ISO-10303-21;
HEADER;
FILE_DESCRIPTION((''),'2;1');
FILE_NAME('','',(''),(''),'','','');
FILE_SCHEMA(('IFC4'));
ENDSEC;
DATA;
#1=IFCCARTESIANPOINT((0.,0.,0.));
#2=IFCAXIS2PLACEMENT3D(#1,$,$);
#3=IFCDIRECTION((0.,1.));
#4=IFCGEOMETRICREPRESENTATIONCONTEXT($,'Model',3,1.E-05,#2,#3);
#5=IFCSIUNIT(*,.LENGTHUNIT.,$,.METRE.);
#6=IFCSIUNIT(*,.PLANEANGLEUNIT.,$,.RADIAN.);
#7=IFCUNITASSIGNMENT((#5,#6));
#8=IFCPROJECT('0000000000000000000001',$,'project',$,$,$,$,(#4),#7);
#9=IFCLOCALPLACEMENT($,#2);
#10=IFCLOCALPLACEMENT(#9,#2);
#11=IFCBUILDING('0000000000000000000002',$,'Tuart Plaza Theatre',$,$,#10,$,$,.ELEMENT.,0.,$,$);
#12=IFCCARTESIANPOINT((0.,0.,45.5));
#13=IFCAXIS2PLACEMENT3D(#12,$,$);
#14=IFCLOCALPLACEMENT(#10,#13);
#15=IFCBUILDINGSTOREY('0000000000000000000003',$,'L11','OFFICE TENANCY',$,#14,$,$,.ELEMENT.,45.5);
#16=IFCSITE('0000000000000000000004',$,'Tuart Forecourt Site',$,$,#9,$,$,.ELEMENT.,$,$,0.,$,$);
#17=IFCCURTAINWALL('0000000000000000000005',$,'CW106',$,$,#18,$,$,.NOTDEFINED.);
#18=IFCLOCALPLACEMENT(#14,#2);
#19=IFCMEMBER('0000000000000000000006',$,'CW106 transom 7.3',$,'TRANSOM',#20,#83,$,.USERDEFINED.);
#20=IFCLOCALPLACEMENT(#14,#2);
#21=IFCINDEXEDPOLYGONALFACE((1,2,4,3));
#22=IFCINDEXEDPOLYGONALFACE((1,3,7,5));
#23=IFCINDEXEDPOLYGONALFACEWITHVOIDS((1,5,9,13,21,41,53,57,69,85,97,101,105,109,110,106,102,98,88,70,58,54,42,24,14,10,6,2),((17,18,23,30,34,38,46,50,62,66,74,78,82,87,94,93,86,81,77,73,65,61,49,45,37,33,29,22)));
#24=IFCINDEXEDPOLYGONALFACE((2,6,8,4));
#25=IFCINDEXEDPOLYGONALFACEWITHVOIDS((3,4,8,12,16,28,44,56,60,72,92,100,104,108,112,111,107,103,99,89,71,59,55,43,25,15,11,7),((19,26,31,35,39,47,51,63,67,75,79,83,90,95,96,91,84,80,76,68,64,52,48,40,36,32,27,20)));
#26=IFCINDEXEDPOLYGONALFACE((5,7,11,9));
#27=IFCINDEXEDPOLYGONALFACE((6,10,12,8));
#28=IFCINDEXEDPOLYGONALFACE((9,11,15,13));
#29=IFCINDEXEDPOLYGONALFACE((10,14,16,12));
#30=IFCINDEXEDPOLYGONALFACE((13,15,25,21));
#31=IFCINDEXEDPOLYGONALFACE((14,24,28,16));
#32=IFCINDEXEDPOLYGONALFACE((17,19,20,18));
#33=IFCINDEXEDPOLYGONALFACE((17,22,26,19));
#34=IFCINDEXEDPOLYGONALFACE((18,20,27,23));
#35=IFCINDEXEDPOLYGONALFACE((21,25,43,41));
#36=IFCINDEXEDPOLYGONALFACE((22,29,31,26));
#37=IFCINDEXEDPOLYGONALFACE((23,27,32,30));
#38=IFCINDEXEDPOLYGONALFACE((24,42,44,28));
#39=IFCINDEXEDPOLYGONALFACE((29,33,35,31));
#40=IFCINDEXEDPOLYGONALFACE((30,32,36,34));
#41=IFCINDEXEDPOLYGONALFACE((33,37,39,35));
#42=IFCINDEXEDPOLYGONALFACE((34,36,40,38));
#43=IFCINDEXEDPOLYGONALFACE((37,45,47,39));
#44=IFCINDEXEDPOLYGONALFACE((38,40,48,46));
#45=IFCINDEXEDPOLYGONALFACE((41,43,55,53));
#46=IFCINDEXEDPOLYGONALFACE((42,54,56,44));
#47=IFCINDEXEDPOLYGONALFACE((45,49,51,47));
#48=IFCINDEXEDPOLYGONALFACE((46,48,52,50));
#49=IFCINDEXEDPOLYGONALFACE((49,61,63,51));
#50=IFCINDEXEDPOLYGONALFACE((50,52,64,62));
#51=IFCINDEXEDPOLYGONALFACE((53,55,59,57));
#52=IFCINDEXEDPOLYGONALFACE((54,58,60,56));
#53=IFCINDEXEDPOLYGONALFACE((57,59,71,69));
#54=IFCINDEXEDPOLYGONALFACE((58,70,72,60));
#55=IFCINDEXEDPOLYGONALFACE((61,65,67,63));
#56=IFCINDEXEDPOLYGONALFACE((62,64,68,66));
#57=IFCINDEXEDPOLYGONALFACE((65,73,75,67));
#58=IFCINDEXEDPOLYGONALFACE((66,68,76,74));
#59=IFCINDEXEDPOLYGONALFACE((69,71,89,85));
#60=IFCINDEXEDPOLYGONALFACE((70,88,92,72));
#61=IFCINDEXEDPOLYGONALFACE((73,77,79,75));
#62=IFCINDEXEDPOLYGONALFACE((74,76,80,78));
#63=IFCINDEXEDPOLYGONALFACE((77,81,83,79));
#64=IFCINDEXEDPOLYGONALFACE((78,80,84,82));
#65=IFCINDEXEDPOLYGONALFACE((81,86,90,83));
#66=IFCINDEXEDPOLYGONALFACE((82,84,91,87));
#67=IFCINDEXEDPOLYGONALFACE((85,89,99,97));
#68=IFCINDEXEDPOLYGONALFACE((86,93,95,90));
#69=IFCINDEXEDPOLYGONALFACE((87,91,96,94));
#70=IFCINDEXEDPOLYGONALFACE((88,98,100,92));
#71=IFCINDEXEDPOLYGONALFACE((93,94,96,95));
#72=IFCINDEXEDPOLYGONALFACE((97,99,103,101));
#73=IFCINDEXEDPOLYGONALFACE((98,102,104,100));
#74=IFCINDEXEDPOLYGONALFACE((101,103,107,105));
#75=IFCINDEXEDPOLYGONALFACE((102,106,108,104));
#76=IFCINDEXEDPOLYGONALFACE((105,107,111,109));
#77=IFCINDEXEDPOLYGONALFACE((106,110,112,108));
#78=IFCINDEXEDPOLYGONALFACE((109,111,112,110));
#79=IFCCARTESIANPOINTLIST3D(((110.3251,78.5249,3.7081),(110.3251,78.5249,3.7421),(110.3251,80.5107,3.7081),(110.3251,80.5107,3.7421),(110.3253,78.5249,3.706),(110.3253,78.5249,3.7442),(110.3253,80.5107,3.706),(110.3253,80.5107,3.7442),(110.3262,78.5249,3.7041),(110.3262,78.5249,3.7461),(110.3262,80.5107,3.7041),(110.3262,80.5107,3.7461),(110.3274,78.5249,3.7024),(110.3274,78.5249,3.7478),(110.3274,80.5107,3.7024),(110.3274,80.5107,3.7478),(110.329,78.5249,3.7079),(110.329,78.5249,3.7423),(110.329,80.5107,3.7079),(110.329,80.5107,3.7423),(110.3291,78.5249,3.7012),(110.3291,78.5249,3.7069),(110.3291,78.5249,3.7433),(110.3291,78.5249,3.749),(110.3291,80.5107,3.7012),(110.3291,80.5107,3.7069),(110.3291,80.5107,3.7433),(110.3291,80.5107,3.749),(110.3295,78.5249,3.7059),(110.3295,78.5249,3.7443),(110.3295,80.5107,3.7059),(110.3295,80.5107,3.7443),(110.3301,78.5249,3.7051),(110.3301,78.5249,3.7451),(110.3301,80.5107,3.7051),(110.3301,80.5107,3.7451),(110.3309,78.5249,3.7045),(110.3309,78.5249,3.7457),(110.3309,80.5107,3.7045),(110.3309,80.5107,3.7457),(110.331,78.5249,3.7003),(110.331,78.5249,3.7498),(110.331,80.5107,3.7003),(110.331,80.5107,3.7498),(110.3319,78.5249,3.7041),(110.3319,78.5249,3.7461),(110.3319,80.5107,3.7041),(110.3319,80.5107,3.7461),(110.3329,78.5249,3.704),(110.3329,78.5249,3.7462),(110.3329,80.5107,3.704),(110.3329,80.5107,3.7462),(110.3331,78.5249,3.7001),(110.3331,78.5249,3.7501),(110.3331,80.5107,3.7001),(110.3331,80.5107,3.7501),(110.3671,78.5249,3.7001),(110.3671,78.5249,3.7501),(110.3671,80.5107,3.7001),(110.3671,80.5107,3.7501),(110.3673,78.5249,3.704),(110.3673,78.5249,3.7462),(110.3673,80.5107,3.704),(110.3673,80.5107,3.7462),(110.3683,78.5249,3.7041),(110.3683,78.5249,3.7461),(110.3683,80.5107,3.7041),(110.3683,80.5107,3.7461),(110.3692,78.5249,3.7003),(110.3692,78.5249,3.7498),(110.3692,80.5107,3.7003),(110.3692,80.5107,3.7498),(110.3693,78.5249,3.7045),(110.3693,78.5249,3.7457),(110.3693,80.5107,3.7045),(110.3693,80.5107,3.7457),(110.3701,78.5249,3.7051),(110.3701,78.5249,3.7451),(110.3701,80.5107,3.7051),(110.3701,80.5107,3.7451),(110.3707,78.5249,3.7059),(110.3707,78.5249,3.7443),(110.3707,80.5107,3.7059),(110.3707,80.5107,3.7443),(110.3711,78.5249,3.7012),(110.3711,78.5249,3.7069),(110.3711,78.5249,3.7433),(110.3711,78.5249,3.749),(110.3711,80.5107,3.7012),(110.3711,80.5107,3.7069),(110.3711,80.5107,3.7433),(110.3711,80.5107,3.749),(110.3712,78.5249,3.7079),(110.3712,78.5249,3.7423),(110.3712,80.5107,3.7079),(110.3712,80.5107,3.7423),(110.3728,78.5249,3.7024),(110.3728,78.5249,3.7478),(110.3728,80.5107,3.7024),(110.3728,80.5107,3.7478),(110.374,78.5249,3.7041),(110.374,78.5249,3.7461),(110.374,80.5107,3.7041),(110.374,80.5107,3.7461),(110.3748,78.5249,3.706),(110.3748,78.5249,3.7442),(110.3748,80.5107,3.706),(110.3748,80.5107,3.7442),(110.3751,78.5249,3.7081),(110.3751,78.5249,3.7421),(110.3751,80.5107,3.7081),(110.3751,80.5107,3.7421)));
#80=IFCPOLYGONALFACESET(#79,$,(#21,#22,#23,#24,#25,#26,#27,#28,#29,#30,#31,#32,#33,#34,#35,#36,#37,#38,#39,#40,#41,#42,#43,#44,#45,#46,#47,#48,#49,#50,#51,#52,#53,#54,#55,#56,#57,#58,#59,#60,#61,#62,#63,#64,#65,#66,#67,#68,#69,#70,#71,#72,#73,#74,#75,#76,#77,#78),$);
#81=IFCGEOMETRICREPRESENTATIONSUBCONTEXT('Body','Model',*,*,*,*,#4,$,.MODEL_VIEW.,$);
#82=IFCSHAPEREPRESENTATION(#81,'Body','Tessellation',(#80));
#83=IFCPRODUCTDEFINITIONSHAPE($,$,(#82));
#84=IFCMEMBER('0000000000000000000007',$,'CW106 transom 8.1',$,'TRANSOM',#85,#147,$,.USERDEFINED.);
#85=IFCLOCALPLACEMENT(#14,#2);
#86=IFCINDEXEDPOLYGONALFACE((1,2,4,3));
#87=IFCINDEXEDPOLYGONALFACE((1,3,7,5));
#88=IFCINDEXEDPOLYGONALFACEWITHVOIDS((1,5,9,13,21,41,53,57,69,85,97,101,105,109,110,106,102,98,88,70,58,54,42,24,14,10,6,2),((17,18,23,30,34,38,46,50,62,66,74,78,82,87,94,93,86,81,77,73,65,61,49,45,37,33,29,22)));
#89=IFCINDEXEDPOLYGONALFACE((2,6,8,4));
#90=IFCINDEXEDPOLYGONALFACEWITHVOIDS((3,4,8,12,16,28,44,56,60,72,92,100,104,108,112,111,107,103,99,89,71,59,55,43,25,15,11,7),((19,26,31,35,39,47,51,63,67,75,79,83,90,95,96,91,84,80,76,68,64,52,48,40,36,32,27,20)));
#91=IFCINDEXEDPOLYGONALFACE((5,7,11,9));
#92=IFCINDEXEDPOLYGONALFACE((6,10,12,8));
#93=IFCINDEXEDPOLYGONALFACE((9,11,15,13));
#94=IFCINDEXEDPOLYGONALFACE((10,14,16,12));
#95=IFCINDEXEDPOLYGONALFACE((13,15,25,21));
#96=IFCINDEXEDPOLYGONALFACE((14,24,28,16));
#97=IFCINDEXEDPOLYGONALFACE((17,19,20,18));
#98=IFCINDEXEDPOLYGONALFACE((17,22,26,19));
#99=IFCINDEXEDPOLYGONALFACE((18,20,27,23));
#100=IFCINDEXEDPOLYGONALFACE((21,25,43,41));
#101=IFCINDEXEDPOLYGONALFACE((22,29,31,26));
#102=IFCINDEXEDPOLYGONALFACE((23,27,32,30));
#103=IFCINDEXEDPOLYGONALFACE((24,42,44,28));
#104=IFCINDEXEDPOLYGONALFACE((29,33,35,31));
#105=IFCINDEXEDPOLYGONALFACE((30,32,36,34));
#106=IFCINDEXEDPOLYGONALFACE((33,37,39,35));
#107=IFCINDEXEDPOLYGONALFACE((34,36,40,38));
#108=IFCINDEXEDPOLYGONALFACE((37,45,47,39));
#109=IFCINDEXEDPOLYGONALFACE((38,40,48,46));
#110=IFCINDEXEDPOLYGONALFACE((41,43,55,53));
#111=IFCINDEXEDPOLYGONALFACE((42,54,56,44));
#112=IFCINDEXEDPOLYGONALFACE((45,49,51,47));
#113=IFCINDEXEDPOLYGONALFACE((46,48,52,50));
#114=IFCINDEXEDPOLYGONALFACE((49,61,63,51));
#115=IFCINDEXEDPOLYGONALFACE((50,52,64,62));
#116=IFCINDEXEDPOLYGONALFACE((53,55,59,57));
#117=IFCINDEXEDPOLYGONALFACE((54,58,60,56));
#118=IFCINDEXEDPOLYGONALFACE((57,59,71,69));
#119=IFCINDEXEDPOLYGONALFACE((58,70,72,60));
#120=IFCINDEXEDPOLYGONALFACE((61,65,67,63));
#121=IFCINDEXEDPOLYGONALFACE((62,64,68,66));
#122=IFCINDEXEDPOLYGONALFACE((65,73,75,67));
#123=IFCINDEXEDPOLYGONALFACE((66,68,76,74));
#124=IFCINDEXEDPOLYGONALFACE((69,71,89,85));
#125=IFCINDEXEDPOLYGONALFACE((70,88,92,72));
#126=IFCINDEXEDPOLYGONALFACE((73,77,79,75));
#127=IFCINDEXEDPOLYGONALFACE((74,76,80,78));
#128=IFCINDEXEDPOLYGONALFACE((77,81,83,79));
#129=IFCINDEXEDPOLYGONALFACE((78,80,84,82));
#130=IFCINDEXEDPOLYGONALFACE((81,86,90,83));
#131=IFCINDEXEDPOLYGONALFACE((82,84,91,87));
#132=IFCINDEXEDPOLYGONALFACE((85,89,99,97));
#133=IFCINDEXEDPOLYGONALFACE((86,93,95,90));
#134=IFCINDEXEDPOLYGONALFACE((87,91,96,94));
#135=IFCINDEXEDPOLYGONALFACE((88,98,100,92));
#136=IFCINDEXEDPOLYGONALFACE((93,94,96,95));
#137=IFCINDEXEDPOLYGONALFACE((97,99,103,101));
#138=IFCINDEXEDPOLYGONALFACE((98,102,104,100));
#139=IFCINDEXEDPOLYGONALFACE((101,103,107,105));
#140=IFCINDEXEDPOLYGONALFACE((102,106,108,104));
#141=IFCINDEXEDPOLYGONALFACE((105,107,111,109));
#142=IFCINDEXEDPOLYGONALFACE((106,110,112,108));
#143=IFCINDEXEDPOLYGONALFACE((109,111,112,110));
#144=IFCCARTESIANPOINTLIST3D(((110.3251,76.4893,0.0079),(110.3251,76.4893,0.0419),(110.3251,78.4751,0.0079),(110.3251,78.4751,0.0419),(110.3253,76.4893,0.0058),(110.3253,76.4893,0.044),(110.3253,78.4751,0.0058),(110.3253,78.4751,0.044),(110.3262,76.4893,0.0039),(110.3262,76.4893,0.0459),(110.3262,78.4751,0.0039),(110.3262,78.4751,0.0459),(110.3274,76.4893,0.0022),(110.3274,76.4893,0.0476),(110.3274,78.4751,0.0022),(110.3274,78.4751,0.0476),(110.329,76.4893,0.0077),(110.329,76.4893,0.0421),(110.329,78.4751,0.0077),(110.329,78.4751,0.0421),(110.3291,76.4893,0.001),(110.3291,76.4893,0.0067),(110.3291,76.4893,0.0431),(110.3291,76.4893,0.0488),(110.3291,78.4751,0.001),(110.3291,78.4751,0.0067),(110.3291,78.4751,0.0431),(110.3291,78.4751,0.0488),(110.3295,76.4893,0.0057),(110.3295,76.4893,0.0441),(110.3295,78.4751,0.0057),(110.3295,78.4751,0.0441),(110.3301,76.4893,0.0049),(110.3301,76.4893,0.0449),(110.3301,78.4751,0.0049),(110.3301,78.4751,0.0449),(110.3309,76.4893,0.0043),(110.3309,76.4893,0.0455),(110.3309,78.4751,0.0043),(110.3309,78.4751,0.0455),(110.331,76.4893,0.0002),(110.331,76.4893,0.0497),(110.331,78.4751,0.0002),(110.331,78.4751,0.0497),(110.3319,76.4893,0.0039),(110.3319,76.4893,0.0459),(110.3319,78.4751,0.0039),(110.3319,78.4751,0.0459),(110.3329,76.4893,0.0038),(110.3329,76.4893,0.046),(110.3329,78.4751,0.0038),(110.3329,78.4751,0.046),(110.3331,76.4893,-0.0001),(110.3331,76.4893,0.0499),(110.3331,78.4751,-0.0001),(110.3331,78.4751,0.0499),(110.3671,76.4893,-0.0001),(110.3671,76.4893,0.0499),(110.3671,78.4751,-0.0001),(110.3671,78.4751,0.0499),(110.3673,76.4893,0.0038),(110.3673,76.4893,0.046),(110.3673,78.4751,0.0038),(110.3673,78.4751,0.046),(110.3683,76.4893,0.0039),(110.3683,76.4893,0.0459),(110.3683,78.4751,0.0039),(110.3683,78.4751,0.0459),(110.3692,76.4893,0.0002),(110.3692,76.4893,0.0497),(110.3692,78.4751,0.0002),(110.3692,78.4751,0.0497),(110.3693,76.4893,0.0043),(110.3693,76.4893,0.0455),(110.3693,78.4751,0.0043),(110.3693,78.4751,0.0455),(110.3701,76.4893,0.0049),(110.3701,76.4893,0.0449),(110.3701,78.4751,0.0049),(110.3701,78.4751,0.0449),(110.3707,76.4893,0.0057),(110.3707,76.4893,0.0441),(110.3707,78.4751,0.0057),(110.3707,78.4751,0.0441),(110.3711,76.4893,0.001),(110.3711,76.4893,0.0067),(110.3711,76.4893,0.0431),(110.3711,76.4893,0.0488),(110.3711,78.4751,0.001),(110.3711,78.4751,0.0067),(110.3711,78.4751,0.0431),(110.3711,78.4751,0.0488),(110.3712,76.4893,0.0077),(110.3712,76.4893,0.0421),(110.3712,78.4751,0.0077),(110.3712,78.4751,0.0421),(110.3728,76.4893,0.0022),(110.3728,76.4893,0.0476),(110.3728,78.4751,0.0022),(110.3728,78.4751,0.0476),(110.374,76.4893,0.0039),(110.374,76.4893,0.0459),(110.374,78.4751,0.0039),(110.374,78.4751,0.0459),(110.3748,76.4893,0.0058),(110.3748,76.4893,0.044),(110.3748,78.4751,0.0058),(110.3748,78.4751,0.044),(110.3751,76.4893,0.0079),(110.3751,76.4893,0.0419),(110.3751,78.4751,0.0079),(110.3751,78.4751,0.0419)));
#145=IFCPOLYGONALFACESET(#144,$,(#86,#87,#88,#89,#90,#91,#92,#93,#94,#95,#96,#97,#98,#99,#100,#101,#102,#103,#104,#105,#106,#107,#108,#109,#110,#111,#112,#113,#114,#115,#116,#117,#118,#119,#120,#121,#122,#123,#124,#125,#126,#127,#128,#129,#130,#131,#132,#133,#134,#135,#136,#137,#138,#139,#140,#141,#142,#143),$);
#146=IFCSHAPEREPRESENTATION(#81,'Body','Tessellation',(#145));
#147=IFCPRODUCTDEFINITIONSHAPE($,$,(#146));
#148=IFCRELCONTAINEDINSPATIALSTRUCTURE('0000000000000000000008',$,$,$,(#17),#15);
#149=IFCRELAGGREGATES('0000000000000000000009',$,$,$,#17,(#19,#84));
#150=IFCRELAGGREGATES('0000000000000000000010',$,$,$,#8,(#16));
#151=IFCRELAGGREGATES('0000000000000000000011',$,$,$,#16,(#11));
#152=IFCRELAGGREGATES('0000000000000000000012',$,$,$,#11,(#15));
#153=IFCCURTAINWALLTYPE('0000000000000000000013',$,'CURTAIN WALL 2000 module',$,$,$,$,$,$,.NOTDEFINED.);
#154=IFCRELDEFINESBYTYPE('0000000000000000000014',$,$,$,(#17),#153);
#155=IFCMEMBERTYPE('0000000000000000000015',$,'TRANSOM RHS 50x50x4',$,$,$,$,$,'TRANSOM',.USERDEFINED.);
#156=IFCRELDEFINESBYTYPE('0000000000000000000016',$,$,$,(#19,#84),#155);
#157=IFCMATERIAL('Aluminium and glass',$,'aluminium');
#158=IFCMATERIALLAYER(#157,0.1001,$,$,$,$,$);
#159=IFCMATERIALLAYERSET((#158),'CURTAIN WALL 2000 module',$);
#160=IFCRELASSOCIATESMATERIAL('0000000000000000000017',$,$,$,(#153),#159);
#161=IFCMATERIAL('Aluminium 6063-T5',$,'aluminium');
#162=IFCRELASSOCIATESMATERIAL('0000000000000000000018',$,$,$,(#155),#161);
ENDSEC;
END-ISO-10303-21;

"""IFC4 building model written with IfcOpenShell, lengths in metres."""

from ifc_helpers import new_model, si_unit, direction, frame, origin, origin_2d, place, context, subcontext, project, spatial, hollow_rectangle, extrude, material, layer, layer_set, material_profile, profile_set, type_object, element, aggregate, save


model = new_model("IFC4")

# Units and contexts
model_context = context("Model", 3, precision=1e-05, world=origin(), true_north=direction((0.0, 1.0)))
body_context = subcontext(model_context, "Body", "Model", "MODEL_VIEW")
ifc_project = project(units=[si_unit("LENGTHUNIT", "METRE"), si_unit("PLANEANGLEUNIT", "RADIAN")], contexts=[model_context])

# Site, building, storey
site_placement = place(None, origin())
site = spatial("IfcSite", under=ifc_project, at=site_placement, Name="Tuart Forecourt Site", CompositionType="ELEMENT", RefElevation=0.0)
building_placement = place(site_placement, origin())
building = spatial("IfcBuilding", under=site, at=building_placement, Name="Tuart Plaza Theatre", CompositionType="ELEMENT", ElevationOfRefHeight=0.0)
storey_placement = place(building_placement, frame((0.0, 0.0, 45.5)))
storey = spatial("IfcBuildingStorey", under=building, at=storey_placement, Name="L11", Description="OFFICE TENANCY", CompositionType="ELEMENT", Elevation=45.5)

# Curtain wall, members
ifc_material_1 = material(Name="Aluminium and glass", Category="aluminium")
ifc_layer_1 = layer(ifc_material_1, 0.1001)
ifc_layer_set_1 = layer_set([ifc_layer_1], Name="CURTAIN WALL 2000 module")
curtain_wall_type = type_object("IfcCurtainWallType", Name="CURTAIN WALL 2000 module", PredefinedType="NOTDEFINED", material=ifc_layer_set_1)
curtain_wall_placement = place(storey_placement, origin())
curtain_wall = element("IfcCurtainWall", 1, at=curtain_wall_placement, inside=storey, type_object=curtain_wall_type, Name="CW106", PredefinedType="NOTDEFINED")
ifc_material_2 = material(Name="Aluminium 6063-T5", Category="aluminium")
ifc_material_profile = material_profile(ifc_material_2, hollow_rectangle(XDim=0.05, YDim=0.05, WallThickness=0.0039, InnerFilletRadius=0.0039, OuterFilletRadius=0.0081, at=origin_2d()), Name="RHS 50x50x4")
ifc_profile_set = profile_set([ifc_material_profile], Name="Aluminium 6063-T5")
member_type = type_object("IfcMemberType", Name="TRANSOM RHS 50x50x4", ElementType="TRANSOM", PredefinedType="USERDEFINED", material=ifc_profile_set)
member_1_placement = place(storey_placement, frame((110.3501, 80.5107, 3.7251), z_axis=(0.0, -1.0, 0.0), x_axis=(1.0, 0.0, 0.0)))
member_1 = element("IfcMember", 2, at=member_1_placement, type_object=member_type, Name="CW106 transom 7.3", ObjectType="TRANSOM", PredefinedType="USERDEFINED", context=body_context, shape_type="SweptSolid", body=[
    extrude(hollow_rectangle(XDim=0.05, YDim=0.05, WallThickness=0.0039, InnerFilletRadius=0.0039, OuterFilletRadius=0.0081, at=origin_2d()), origin(), (0.0, 0.0, 1.0), 1.9858),
])
member_2_placement = place(storey_placement, frame((110.3501, 78.4751, 0.0249), z_axis=(0.0, -1.0, 0.0), x_axis=(1.0, 0.0, 0.0)))
member_2 = element("IfcMember", 3, at=member_2_placement, type_object=member_type, Name="CW106 transom 8.1", ObjectType="TRANSOM", PredefinedType="USERDEFINED", context=body_context, shape_type="SweptSolid", body=[
    extrude(hollow_rectangle(XDim=0.05, YDim=0.05, WallThickness=0.0039, InnerFilletRadius=0.0039, OuterFilletRadius=0.0081, at=origin_2d()), origin(), (0.0, 0.0, 1.0), 1.9858),
])
aggregate(curtain_wall, [member_1, member_2])

save(model, "model.ifc")
